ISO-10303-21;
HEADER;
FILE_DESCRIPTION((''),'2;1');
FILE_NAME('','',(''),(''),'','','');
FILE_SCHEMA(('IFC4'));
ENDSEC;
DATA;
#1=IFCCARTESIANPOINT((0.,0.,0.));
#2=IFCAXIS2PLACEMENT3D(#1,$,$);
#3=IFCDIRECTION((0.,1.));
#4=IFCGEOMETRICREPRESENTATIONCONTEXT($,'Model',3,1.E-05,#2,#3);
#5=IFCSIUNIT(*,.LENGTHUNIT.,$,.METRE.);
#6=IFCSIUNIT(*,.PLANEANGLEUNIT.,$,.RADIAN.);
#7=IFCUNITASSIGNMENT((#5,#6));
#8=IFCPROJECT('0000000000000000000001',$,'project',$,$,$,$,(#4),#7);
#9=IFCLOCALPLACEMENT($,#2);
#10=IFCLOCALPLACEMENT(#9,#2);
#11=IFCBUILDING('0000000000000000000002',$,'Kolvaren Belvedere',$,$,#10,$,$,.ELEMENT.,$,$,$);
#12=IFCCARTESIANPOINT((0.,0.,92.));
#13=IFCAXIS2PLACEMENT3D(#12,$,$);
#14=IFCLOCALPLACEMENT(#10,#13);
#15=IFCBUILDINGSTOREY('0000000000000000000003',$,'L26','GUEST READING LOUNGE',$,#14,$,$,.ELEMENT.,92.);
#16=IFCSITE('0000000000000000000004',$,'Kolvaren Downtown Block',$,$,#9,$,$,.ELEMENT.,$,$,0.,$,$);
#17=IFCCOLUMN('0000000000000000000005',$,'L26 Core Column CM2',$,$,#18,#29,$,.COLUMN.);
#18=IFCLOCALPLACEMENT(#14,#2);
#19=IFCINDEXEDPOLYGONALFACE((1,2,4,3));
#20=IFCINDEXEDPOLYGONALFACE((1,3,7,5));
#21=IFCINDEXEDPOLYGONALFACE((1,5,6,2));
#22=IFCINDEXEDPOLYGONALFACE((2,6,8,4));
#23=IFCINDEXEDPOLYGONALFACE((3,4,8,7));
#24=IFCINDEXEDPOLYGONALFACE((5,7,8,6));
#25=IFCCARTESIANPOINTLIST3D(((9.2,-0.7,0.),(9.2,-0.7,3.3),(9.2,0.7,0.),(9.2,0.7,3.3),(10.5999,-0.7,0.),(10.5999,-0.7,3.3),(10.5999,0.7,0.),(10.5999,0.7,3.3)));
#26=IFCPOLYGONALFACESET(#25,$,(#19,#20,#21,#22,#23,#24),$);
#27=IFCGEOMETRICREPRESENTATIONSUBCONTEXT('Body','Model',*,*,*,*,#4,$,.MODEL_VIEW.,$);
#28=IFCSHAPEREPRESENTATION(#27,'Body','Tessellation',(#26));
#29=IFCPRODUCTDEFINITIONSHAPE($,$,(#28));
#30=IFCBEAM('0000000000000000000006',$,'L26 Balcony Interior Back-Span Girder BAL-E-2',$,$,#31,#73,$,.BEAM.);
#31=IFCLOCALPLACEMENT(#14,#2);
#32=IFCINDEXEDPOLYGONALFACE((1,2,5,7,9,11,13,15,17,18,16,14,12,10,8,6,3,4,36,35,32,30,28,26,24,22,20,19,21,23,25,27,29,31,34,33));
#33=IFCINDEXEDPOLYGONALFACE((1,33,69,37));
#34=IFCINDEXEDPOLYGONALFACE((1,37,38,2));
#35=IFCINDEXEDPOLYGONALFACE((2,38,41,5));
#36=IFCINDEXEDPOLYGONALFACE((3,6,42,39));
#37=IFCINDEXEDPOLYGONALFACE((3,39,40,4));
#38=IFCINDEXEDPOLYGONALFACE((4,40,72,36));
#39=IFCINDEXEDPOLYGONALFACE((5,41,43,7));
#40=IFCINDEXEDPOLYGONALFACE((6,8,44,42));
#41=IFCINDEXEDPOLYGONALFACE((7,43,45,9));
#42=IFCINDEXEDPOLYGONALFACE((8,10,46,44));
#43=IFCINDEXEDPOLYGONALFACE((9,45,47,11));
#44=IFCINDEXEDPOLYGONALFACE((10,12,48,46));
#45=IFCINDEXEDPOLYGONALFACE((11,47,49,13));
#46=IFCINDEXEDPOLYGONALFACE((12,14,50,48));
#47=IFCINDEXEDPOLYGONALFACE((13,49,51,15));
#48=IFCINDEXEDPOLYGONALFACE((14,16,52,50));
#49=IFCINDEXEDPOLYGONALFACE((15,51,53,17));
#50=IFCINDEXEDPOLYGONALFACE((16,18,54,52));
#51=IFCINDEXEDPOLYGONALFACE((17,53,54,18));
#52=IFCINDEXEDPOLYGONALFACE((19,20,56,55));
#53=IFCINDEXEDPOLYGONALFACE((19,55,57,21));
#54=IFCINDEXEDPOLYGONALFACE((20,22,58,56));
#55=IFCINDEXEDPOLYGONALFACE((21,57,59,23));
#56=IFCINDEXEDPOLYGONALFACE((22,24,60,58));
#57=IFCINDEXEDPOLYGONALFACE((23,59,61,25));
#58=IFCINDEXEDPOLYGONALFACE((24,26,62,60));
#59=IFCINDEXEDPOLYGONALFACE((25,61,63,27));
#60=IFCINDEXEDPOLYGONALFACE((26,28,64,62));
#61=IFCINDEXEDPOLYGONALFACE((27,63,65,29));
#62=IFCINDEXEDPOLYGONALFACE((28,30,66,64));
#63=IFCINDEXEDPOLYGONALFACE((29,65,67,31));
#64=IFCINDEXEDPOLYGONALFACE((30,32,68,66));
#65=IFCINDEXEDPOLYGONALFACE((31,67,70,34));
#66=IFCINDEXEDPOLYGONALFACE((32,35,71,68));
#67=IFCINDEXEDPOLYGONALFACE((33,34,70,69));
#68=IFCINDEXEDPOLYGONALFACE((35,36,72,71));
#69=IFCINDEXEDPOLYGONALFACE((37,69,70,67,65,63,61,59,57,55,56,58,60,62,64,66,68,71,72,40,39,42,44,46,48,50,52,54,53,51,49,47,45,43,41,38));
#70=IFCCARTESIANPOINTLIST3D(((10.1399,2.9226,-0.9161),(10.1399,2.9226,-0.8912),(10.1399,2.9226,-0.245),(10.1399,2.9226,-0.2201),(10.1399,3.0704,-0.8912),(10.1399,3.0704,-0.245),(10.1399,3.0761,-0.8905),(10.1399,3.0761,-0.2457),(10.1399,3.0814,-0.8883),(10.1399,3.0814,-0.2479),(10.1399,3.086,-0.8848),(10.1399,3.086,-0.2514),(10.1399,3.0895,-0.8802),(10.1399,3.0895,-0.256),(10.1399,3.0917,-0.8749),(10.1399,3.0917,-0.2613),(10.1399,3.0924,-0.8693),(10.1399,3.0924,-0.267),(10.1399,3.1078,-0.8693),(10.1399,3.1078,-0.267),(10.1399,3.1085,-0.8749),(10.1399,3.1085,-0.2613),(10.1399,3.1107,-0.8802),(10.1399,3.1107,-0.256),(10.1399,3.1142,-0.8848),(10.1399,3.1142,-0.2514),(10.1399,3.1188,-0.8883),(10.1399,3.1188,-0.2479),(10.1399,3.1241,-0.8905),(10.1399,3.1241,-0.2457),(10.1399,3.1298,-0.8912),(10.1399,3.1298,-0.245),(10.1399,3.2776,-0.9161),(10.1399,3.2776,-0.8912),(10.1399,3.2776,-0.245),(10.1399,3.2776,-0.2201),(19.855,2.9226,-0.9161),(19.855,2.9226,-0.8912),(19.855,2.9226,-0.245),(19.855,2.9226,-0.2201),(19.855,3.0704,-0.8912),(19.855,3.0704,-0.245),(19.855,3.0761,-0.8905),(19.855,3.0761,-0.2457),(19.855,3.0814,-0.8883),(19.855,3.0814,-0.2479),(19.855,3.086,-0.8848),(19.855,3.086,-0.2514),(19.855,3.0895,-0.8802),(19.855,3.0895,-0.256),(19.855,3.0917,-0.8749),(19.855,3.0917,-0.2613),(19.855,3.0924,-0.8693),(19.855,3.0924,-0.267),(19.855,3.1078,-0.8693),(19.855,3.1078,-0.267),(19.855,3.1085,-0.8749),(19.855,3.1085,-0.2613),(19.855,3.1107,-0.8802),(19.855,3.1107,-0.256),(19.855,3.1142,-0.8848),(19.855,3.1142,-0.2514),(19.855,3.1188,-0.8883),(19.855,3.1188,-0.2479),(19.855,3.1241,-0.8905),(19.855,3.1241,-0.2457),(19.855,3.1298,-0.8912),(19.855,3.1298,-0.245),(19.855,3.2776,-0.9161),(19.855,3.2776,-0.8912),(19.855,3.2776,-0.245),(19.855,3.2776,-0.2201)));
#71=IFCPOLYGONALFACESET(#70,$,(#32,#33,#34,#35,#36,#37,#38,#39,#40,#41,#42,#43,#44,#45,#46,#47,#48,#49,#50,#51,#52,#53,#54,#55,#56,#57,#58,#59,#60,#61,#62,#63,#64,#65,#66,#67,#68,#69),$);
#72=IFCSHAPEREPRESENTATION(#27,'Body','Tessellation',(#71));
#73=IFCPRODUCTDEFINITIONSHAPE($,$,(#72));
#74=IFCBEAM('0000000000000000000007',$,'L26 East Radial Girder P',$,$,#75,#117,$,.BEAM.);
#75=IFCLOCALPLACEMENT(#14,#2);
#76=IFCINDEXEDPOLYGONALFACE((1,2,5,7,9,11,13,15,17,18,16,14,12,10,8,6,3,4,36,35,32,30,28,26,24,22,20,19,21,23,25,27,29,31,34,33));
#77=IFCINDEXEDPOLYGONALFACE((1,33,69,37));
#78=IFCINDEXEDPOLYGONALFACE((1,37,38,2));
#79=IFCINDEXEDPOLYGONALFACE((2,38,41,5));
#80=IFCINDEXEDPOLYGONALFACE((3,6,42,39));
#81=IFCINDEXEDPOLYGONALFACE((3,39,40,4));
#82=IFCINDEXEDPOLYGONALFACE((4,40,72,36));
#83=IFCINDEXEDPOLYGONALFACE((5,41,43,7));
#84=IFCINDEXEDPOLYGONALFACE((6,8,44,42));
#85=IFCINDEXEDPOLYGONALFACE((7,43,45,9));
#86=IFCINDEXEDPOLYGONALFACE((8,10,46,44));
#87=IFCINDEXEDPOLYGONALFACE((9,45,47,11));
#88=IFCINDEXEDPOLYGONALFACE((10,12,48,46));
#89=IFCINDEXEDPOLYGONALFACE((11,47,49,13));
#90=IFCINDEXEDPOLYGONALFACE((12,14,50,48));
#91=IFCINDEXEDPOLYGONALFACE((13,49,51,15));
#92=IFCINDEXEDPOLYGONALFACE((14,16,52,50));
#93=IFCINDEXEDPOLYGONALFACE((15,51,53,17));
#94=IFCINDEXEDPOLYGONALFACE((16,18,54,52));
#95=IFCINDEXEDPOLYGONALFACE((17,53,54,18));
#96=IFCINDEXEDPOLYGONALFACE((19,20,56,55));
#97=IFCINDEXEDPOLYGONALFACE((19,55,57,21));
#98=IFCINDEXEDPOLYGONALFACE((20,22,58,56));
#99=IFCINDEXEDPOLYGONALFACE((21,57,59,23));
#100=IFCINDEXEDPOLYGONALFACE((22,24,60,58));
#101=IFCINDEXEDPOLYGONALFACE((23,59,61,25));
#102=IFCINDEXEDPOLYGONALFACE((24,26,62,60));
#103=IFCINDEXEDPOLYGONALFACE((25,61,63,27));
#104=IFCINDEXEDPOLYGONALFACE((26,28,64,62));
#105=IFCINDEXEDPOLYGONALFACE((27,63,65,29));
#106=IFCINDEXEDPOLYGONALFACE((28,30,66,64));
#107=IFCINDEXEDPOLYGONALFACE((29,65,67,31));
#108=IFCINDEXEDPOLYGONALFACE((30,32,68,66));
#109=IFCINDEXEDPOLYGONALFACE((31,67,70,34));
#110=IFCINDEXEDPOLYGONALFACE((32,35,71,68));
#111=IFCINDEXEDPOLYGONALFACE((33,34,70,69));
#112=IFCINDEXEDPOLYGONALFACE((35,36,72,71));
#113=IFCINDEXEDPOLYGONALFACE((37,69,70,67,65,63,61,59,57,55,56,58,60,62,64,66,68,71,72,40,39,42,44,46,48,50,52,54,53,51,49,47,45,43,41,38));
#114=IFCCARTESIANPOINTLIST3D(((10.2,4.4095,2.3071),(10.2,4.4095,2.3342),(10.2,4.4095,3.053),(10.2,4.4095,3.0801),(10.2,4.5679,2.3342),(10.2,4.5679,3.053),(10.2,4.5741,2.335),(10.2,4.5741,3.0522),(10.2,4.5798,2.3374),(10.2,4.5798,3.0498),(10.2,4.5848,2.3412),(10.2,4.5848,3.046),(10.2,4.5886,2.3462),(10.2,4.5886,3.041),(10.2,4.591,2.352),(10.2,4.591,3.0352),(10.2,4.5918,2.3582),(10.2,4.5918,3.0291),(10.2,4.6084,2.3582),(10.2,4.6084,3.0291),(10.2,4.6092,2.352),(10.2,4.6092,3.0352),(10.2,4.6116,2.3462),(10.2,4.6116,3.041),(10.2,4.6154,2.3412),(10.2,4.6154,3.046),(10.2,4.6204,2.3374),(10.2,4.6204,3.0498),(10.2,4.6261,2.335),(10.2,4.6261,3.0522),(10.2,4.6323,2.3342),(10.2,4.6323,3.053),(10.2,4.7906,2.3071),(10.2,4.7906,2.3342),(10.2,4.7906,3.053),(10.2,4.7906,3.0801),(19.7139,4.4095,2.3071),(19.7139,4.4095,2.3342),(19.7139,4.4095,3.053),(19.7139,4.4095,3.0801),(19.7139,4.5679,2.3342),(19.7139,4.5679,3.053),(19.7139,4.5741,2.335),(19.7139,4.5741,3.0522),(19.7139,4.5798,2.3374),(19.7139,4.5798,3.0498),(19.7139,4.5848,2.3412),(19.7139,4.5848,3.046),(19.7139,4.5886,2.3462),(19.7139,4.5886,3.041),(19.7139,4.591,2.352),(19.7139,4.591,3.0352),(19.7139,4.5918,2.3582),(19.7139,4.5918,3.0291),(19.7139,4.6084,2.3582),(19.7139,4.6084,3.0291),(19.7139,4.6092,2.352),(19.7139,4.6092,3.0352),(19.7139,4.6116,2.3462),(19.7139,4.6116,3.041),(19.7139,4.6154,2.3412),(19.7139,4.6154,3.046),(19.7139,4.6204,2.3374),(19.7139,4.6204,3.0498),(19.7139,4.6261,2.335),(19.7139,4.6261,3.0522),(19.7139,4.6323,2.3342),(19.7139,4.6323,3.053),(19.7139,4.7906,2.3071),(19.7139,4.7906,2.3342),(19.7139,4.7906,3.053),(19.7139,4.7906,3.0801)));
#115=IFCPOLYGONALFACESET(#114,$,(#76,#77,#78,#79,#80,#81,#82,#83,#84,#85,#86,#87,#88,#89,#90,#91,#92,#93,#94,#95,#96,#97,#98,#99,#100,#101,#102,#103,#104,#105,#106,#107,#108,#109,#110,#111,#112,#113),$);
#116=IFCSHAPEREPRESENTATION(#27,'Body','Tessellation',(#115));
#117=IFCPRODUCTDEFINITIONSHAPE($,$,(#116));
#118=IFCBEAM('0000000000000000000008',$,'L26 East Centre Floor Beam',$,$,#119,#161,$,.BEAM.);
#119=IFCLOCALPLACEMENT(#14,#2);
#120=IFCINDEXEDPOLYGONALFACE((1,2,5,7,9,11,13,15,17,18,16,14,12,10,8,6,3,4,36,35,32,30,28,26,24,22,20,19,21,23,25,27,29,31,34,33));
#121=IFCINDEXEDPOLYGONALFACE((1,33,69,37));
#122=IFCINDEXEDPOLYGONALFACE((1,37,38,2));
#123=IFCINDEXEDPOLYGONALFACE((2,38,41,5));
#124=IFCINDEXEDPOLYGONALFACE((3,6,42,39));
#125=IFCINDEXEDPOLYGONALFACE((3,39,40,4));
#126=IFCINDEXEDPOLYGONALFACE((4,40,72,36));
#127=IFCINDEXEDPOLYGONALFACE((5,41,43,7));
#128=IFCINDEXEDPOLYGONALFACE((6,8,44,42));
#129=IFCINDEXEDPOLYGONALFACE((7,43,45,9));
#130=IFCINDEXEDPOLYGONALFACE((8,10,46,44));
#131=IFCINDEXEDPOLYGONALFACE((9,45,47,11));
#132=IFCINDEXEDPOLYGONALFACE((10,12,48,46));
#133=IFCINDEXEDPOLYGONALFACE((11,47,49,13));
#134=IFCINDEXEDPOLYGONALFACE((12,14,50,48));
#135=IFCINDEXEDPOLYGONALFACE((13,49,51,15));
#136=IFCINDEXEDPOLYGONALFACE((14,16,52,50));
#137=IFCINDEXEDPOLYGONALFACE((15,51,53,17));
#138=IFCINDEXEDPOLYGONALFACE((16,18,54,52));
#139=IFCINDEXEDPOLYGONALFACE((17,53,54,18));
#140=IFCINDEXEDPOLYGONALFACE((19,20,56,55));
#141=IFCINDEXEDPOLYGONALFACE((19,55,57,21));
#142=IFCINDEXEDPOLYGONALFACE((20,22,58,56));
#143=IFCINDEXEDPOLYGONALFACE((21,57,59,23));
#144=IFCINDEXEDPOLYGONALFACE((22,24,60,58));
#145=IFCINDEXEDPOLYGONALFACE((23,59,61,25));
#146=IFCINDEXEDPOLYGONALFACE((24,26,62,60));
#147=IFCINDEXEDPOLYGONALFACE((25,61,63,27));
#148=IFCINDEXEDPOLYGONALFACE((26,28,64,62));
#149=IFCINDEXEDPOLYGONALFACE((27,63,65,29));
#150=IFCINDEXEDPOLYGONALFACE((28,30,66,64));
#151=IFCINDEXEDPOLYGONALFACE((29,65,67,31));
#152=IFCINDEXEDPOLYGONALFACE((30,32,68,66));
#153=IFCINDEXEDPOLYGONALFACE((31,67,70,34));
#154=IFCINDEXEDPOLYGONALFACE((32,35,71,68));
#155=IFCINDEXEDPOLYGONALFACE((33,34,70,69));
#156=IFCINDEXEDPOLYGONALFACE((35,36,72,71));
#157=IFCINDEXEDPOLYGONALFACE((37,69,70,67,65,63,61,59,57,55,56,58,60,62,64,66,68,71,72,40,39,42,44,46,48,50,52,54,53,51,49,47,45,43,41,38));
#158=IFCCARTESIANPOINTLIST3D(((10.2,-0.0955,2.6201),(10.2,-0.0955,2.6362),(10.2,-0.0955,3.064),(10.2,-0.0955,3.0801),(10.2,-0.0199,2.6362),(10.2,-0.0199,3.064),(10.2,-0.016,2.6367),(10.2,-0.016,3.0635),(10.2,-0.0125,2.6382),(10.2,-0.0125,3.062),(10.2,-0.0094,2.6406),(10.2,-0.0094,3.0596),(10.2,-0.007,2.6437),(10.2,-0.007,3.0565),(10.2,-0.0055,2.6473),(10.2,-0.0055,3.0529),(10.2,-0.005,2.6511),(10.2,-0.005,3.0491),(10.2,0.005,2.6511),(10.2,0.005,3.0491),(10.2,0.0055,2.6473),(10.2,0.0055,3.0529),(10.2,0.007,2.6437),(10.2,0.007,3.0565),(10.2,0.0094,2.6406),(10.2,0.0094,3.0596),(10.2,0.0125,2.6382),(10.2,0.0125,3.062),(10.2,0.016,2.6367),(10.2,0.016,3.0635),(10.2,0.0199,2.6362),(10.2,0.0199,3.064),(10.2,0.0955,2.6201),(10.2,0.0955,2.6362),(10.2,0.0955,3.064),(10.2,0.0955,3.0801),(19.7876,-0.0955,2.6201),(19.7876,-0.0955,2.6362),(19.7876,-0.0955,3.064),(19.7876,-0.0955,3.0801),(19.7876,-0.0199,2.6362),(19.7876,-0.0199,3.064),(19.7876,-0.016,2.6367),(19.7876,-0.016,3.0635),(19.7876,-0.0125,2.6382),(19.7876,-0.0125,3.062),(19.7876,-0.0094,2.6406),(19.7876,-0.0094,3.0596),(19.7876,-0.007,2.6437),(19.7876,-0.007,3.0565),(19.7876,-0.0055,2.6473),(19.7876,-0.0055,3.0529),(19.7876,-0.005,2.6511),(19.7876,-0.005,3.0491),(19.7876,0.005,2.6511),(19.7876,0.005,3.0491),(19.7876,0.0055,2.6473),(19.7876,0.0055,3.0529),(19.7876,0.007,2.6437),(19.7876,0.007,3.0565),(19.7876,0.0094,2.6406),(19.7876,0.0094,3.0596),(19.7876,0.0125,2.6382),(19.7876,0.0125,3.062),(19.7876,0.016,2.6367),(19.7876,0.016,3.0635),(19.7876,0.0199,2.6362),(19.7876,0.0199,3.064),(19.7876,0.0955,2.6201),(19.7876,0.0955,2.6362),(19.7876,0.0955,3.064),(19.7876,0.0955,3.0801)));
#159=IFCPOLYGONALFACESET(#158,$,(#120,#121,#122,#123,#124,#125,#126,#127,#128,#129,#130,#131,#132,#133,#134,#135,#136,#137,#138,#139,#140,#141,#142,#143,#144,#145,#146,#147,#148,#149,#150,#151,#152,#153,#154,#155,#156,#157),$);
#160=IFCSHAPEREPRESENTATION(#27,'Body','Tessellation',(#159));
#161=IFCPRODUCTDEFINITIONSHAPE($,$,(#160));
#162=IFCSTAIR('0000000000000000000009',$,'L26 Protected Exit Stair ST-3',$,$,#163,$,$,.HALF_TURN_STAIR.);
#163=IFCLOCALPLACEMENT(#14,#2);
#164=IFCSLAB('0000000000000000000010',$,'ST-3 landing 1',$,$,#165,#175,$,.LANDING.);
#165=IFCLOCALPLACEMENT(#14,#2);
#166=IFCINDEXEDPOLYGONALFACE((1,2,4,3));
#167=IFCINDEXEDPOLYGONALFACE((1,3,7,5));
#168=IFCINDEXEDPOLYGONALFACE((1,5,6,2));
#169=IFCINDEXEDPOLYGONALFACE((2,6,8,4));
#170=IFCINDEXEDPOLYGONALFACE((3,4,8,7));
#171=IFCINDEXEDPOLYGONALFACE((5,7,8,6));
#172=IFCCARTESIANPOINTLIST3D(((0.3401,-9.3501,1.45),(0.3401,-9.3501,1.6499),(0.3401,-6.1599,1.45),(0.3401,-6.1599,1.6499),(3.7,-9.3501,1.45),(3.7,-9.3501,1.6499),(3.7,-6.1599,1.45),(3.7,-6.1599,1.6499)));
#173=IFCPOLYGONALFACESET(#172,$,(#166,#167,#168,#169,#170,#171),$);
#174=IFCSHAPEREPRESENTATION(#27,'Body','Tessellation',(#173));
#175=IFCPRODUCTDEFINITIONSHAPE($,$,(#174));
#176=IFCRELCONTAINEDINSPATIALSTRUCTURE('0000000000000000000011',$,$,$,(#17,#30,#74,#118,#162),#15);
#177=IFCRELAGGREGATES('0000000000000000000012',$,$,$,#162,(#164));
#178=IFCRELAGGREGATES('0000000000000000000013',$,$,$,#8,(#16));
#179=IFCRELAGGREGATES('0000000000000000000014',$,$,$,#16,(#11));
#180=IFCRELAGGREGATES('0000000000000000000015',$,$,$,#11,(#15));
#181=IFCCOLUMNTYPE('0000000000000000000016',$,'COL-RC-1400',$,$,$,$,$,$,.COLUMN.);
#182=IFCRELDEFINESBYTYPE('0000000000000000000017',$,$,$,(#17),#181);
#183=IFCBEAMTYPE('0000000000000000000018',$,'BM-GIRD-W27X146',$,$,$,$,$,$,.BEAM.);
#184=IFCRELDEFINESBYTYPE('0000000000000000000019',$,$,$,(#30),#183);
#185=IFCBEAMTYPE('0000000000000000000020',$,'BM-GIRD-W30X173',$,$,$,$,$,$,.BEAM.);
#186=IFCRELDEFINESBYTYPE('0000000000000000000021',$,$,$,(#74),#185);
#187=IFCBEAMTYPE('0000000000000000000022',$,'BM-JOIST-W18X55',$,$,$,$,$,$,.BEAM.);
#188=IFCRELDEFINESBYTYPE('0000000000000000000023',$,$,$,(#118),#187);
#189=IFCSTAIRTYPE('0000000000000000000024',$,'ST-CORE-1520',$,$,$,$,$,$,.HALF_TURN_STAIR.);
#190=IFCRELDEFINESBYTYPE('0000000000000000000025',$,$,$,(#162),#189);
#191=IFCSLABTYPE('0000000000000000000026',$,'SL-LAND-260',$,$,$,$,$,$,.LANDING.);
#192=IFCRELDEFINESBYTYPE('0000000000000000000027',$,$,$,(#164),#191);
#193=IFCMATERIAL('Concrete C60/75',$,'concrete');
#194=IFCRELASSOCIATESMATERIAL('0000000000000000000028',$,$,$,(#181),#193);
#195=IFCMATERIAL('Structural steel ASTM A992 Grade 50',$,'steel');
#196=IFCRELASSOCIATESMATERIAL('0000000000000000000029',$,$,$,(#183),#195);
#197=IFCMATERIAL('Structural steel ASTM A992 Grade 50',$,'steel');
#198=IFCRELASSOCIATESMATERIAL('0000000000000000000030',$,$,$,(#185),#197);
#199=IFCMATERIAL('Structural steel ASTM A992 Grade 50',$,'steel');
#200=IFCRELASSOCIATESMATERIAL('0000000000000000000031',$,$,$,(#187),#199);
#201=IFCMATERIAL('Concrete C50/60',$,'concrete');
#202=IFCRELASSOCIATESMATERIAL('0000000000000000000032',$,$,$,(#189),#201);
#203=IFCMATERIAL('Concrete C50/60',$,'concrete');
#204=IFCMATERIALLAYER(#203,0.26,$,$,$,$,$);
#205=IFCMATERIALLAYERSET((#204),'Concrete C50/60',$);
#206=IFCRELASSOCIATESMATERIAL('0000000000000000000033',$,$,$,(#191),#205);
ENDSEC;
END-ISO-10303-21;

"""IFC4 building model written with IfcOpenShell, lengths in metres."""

from ifc_helpers import new_model, si_unit, direction, frame, origin, origin_2d, place, context, subcontext, project, spatial, polyline, rectangle, i_section, outline, extrude, material, layer, layer_set, material_profile, profile_set, type_object, element, aggregate, save


model = new_model("IFC4")

# Units and contexts
model_context = context("Model", 3, precision=1e-05, world=origin(), true_north=direction((0.0, 1.0)))
body_context = subcontext(model_context, "Body", "Model", "MODEL_VIEW")
ifc_project = project(units=[si_unit("LENGTHUNIT", "METRE"), si_unit("PLANEANGLEUNIT", "RADIAN")], contexts=[model_context])

# Site, building, storey
site_placement = place(None, origin())
site = spatial("IfcSite", under=ifc_project, at=site_placement, Name="Kolvaren Downtown Block", CompositionType="ELEMENT", RefElevation=0.0)
building_placement = place(site_placement, origin())
building = spatial("IfcBuilding", under=site, at=building_placement, Name="Kolvaren Belvedere", CompositionType="ELEMENT")
storey_placement = place(building_placement, frame((0.0, 0.0, 92.0)))
storey = spatial("IfcBuildingStorey", under=building, at=storey_placement, Name="L26", Description="GUEST READING LOUNGE", CompositionType="ELEMENT", Elevation=92.0)

# Column
ifc_material_1 = material(Name="Concrete C60/75", Category="concrete")
ifc_material_profile_1 = material_profile(ifc_material_1, rectangle(XDim=1.3999, YDim=1.3999, at=origin_2d()), Name="RC 1400X1400")
ifc_profile_set_1 = profile_set([ifc_material_profile_1], Name="Concrete C60/75")
column_type = type_object("IfcColumnType", Name="COL-RC-1400", PredefinedType="COLUMN", material=ifc_profile_set_1)
column_placement = place(storey_placement, frame((9.8999, 0.0, 0.0), z_axis=(0.0, 0.0, 1.0), x_axis=(1.0, 0.0, 0.0)))
element("IfcColumn", 1, at=column_placement, inside=storey, type_object=column_type, Name="L26 Core Column CM2", PredefinedType="COLUMN", context=body_context, shape_type="SweptSolid", body=[
    extrude(rectangle(XDim=1.3999, YDim=1.3999, at=origin_2d()), origin(), (0.0, 0.0, 1.0), 3.3),
])

# Beams
ifc_material_2 = material(Name="Structural steel ASTM A992 Grade 50", Category="steel")
ifc_material_profile_2 = material_profile(ifc_material_2, i_section(OverallWidth=0.355, OverallDepth=0.696, WebThickness=0.0154, FlangeThickness=0.0249, FilletRadius=0.022, at=origin_2d()), Name="W27X146")
ifc_profile_set_2 = profile_set([ifc_material_profile_2], Name="Structural steel ASTM A992 Grade 50")
beam_type_1 = type_object("IfcBeamType", Name="BM-GIRD-W27X146", PredefinedType="BEAM", material=ifc_profile_set_2)
beam_1_placement = place(storey_placement, frame((10.1399, 3.1001, -0.5681), z_axis=(1.0, 0.0, 0.0), x_axis=(0.0, 1.0, 0.0)))
element("IfcBeam", 2, at=beam_1_placement, inside=storey, type_object=beam_type_1, Name="L26 Balcony Interior Back-Span Girder BAL-E-2", PredefinedType="BEAM", context=body_context, shape_type="SweptSolid", body=[
    extrude(i_section(OverallWidth=0.355, OverallDepth=0.696, WebThickness=0.0154, FlangeThickness=0.0249, FilletRadius=0.022, at=origin_2d()), origin(), (0.0, 0.0, 1.0), 9.7151),
])
ifc_material_3 = material(Name="Structural steel ASTM A992 Grade 50", Category="steel")
ifc_material_profile_3 = material_profile(ifc_material_3, i_section(OverallWidth=0.3811, OverallDepth=0.7729, WebThickness=0.0166, FlangeThickness=0.0271, FilletRadius=0.0239, at=origin_2d()), Name="W30X173")
ifc_profile_set_3 = profile_set([ifc_material_profile_3], Name="Structural steel ASTM A992 Grade 50")
beam_type_2 = type_object("IfcBeamType", Name="BM-GIRD-W30X173", PredefinedType="BEAM", material=ifc_profile_set_3)
beam_2_placement = place(storey_placement, frame((10.2, 4.6001, 2.6936), z_axis=(1.0, 0.0, 0.0), x_axis=(0.0, 1.0, 0.0)))
element("IfcBeam", 3, at=beam_2_placement, inside=storey, type_object=beam_type_2, Name="L26 East Radial Girder P", PredefinedType="BEAM", context=body_context, shape_type="SweptSolid", body=[
    extrude(i_section(OverallWidth=0.3811, OverallDepth=0.7729, WebThickness=0.0166, FlangeThickness=0.0271, FilletRadius=0.0239, at=origin_2d()), origin(), (0.0, 0.0, 1.0), 9.5139),
])
ifc_material_4 = material(Name="Structural steel ASTM A992 Grade 50", Category="steel")
ifc_material_profile_4 = material_profile(ifc_material_4, i_section(OverallWidth=0.1909, OverallDepth=0.46, WebThickness=0.01, FlangeThickness=0.0161, FilletRadius=0.0149, at=origin_2d()), Name="W18X55")
ifc_profile_set_4 = profile_set([ifc_material_profile_4], Name="Structural steel ASTM A992 Grade 50")
beam_type_3 = type_object("IfcBeamType", Name="BM-JOIST-W18X55", PredefinedType="BEAM", material=ifc_profile_set_4)
beam_3_placement = place(storey_placement, frame((10.2, 0.0, 2.8501), z_axis=(1.0, 0.0, 0.0), x_axis=(0.0, 1.0, 0.0)))
element("IfcBeam", 4, at=beam_3_placement, inside=storey, type_object=beam_type_3, Name="L26 East Centre Floor Beam", PredefinedType="BEAM", context=body_context, shape_type="SweptSolid", body=[
    extrude(i_section(OverallWidth=0.1909, OverallDepth=0.46, WebThickness=0.01, FlangeThickness=0.0161, FilletRadius=0.0149, at=origin_2d()), origin(), (0.0, 0.0, 1.0), 9.5876),
])

# Stair, slab
ifc_material_5 = material(Name="Concrete C50/60", Category="concrete")
stair_type = type_object("IfcStairType", Name="ST-CORE-1520", PredefinedType="HALF_TURN_STAIR", material=ifc_material_5)
stair_1_placement = place(storey_placement, origin())
stair_1 = element("IfcStair", 5, at=stair_1_placement, inside=storey, type_object=stair_type, Name="L26 Protected Exit Stair ST-3", PredefinedType="HALF_TURN_STAIR")
ifc_material_6 = material(Name="Concrete C50/60", Category="concrete")
ifc_layer_1 = layer(ifc_material_6, 0.26)
ifc_layer_set_1 = layer_set([ifc_layer_1], Name="Concrete C50/60")
slab_type = type_object("IfcSlabType", Name="SL-LAND-260", PredefinedType="LANDING", material=ifc_layer_set_1)
slab_placement = place(storey_placement, frame((0.0, 0.0, 1.45)))
slab = element("IfcSlab", 6, at=slab_placement, type_object=slab_type, Name="ST-3 landing 1", PredefinedType="LANDING", context=body_context, shape_type="SweptSolid", body=[
    extrude(outline(polyline([(0.3401, -9.3501), (3.7, -9.3501), (3.7, -6.1599), (0.3401, -6.1599), (0.3401, -9.3501)])), origin(), (0.0, 0.0, 1.0), 0.2),
])
aggregate(stair_1, [slab])

save(model, "model.ifc")
